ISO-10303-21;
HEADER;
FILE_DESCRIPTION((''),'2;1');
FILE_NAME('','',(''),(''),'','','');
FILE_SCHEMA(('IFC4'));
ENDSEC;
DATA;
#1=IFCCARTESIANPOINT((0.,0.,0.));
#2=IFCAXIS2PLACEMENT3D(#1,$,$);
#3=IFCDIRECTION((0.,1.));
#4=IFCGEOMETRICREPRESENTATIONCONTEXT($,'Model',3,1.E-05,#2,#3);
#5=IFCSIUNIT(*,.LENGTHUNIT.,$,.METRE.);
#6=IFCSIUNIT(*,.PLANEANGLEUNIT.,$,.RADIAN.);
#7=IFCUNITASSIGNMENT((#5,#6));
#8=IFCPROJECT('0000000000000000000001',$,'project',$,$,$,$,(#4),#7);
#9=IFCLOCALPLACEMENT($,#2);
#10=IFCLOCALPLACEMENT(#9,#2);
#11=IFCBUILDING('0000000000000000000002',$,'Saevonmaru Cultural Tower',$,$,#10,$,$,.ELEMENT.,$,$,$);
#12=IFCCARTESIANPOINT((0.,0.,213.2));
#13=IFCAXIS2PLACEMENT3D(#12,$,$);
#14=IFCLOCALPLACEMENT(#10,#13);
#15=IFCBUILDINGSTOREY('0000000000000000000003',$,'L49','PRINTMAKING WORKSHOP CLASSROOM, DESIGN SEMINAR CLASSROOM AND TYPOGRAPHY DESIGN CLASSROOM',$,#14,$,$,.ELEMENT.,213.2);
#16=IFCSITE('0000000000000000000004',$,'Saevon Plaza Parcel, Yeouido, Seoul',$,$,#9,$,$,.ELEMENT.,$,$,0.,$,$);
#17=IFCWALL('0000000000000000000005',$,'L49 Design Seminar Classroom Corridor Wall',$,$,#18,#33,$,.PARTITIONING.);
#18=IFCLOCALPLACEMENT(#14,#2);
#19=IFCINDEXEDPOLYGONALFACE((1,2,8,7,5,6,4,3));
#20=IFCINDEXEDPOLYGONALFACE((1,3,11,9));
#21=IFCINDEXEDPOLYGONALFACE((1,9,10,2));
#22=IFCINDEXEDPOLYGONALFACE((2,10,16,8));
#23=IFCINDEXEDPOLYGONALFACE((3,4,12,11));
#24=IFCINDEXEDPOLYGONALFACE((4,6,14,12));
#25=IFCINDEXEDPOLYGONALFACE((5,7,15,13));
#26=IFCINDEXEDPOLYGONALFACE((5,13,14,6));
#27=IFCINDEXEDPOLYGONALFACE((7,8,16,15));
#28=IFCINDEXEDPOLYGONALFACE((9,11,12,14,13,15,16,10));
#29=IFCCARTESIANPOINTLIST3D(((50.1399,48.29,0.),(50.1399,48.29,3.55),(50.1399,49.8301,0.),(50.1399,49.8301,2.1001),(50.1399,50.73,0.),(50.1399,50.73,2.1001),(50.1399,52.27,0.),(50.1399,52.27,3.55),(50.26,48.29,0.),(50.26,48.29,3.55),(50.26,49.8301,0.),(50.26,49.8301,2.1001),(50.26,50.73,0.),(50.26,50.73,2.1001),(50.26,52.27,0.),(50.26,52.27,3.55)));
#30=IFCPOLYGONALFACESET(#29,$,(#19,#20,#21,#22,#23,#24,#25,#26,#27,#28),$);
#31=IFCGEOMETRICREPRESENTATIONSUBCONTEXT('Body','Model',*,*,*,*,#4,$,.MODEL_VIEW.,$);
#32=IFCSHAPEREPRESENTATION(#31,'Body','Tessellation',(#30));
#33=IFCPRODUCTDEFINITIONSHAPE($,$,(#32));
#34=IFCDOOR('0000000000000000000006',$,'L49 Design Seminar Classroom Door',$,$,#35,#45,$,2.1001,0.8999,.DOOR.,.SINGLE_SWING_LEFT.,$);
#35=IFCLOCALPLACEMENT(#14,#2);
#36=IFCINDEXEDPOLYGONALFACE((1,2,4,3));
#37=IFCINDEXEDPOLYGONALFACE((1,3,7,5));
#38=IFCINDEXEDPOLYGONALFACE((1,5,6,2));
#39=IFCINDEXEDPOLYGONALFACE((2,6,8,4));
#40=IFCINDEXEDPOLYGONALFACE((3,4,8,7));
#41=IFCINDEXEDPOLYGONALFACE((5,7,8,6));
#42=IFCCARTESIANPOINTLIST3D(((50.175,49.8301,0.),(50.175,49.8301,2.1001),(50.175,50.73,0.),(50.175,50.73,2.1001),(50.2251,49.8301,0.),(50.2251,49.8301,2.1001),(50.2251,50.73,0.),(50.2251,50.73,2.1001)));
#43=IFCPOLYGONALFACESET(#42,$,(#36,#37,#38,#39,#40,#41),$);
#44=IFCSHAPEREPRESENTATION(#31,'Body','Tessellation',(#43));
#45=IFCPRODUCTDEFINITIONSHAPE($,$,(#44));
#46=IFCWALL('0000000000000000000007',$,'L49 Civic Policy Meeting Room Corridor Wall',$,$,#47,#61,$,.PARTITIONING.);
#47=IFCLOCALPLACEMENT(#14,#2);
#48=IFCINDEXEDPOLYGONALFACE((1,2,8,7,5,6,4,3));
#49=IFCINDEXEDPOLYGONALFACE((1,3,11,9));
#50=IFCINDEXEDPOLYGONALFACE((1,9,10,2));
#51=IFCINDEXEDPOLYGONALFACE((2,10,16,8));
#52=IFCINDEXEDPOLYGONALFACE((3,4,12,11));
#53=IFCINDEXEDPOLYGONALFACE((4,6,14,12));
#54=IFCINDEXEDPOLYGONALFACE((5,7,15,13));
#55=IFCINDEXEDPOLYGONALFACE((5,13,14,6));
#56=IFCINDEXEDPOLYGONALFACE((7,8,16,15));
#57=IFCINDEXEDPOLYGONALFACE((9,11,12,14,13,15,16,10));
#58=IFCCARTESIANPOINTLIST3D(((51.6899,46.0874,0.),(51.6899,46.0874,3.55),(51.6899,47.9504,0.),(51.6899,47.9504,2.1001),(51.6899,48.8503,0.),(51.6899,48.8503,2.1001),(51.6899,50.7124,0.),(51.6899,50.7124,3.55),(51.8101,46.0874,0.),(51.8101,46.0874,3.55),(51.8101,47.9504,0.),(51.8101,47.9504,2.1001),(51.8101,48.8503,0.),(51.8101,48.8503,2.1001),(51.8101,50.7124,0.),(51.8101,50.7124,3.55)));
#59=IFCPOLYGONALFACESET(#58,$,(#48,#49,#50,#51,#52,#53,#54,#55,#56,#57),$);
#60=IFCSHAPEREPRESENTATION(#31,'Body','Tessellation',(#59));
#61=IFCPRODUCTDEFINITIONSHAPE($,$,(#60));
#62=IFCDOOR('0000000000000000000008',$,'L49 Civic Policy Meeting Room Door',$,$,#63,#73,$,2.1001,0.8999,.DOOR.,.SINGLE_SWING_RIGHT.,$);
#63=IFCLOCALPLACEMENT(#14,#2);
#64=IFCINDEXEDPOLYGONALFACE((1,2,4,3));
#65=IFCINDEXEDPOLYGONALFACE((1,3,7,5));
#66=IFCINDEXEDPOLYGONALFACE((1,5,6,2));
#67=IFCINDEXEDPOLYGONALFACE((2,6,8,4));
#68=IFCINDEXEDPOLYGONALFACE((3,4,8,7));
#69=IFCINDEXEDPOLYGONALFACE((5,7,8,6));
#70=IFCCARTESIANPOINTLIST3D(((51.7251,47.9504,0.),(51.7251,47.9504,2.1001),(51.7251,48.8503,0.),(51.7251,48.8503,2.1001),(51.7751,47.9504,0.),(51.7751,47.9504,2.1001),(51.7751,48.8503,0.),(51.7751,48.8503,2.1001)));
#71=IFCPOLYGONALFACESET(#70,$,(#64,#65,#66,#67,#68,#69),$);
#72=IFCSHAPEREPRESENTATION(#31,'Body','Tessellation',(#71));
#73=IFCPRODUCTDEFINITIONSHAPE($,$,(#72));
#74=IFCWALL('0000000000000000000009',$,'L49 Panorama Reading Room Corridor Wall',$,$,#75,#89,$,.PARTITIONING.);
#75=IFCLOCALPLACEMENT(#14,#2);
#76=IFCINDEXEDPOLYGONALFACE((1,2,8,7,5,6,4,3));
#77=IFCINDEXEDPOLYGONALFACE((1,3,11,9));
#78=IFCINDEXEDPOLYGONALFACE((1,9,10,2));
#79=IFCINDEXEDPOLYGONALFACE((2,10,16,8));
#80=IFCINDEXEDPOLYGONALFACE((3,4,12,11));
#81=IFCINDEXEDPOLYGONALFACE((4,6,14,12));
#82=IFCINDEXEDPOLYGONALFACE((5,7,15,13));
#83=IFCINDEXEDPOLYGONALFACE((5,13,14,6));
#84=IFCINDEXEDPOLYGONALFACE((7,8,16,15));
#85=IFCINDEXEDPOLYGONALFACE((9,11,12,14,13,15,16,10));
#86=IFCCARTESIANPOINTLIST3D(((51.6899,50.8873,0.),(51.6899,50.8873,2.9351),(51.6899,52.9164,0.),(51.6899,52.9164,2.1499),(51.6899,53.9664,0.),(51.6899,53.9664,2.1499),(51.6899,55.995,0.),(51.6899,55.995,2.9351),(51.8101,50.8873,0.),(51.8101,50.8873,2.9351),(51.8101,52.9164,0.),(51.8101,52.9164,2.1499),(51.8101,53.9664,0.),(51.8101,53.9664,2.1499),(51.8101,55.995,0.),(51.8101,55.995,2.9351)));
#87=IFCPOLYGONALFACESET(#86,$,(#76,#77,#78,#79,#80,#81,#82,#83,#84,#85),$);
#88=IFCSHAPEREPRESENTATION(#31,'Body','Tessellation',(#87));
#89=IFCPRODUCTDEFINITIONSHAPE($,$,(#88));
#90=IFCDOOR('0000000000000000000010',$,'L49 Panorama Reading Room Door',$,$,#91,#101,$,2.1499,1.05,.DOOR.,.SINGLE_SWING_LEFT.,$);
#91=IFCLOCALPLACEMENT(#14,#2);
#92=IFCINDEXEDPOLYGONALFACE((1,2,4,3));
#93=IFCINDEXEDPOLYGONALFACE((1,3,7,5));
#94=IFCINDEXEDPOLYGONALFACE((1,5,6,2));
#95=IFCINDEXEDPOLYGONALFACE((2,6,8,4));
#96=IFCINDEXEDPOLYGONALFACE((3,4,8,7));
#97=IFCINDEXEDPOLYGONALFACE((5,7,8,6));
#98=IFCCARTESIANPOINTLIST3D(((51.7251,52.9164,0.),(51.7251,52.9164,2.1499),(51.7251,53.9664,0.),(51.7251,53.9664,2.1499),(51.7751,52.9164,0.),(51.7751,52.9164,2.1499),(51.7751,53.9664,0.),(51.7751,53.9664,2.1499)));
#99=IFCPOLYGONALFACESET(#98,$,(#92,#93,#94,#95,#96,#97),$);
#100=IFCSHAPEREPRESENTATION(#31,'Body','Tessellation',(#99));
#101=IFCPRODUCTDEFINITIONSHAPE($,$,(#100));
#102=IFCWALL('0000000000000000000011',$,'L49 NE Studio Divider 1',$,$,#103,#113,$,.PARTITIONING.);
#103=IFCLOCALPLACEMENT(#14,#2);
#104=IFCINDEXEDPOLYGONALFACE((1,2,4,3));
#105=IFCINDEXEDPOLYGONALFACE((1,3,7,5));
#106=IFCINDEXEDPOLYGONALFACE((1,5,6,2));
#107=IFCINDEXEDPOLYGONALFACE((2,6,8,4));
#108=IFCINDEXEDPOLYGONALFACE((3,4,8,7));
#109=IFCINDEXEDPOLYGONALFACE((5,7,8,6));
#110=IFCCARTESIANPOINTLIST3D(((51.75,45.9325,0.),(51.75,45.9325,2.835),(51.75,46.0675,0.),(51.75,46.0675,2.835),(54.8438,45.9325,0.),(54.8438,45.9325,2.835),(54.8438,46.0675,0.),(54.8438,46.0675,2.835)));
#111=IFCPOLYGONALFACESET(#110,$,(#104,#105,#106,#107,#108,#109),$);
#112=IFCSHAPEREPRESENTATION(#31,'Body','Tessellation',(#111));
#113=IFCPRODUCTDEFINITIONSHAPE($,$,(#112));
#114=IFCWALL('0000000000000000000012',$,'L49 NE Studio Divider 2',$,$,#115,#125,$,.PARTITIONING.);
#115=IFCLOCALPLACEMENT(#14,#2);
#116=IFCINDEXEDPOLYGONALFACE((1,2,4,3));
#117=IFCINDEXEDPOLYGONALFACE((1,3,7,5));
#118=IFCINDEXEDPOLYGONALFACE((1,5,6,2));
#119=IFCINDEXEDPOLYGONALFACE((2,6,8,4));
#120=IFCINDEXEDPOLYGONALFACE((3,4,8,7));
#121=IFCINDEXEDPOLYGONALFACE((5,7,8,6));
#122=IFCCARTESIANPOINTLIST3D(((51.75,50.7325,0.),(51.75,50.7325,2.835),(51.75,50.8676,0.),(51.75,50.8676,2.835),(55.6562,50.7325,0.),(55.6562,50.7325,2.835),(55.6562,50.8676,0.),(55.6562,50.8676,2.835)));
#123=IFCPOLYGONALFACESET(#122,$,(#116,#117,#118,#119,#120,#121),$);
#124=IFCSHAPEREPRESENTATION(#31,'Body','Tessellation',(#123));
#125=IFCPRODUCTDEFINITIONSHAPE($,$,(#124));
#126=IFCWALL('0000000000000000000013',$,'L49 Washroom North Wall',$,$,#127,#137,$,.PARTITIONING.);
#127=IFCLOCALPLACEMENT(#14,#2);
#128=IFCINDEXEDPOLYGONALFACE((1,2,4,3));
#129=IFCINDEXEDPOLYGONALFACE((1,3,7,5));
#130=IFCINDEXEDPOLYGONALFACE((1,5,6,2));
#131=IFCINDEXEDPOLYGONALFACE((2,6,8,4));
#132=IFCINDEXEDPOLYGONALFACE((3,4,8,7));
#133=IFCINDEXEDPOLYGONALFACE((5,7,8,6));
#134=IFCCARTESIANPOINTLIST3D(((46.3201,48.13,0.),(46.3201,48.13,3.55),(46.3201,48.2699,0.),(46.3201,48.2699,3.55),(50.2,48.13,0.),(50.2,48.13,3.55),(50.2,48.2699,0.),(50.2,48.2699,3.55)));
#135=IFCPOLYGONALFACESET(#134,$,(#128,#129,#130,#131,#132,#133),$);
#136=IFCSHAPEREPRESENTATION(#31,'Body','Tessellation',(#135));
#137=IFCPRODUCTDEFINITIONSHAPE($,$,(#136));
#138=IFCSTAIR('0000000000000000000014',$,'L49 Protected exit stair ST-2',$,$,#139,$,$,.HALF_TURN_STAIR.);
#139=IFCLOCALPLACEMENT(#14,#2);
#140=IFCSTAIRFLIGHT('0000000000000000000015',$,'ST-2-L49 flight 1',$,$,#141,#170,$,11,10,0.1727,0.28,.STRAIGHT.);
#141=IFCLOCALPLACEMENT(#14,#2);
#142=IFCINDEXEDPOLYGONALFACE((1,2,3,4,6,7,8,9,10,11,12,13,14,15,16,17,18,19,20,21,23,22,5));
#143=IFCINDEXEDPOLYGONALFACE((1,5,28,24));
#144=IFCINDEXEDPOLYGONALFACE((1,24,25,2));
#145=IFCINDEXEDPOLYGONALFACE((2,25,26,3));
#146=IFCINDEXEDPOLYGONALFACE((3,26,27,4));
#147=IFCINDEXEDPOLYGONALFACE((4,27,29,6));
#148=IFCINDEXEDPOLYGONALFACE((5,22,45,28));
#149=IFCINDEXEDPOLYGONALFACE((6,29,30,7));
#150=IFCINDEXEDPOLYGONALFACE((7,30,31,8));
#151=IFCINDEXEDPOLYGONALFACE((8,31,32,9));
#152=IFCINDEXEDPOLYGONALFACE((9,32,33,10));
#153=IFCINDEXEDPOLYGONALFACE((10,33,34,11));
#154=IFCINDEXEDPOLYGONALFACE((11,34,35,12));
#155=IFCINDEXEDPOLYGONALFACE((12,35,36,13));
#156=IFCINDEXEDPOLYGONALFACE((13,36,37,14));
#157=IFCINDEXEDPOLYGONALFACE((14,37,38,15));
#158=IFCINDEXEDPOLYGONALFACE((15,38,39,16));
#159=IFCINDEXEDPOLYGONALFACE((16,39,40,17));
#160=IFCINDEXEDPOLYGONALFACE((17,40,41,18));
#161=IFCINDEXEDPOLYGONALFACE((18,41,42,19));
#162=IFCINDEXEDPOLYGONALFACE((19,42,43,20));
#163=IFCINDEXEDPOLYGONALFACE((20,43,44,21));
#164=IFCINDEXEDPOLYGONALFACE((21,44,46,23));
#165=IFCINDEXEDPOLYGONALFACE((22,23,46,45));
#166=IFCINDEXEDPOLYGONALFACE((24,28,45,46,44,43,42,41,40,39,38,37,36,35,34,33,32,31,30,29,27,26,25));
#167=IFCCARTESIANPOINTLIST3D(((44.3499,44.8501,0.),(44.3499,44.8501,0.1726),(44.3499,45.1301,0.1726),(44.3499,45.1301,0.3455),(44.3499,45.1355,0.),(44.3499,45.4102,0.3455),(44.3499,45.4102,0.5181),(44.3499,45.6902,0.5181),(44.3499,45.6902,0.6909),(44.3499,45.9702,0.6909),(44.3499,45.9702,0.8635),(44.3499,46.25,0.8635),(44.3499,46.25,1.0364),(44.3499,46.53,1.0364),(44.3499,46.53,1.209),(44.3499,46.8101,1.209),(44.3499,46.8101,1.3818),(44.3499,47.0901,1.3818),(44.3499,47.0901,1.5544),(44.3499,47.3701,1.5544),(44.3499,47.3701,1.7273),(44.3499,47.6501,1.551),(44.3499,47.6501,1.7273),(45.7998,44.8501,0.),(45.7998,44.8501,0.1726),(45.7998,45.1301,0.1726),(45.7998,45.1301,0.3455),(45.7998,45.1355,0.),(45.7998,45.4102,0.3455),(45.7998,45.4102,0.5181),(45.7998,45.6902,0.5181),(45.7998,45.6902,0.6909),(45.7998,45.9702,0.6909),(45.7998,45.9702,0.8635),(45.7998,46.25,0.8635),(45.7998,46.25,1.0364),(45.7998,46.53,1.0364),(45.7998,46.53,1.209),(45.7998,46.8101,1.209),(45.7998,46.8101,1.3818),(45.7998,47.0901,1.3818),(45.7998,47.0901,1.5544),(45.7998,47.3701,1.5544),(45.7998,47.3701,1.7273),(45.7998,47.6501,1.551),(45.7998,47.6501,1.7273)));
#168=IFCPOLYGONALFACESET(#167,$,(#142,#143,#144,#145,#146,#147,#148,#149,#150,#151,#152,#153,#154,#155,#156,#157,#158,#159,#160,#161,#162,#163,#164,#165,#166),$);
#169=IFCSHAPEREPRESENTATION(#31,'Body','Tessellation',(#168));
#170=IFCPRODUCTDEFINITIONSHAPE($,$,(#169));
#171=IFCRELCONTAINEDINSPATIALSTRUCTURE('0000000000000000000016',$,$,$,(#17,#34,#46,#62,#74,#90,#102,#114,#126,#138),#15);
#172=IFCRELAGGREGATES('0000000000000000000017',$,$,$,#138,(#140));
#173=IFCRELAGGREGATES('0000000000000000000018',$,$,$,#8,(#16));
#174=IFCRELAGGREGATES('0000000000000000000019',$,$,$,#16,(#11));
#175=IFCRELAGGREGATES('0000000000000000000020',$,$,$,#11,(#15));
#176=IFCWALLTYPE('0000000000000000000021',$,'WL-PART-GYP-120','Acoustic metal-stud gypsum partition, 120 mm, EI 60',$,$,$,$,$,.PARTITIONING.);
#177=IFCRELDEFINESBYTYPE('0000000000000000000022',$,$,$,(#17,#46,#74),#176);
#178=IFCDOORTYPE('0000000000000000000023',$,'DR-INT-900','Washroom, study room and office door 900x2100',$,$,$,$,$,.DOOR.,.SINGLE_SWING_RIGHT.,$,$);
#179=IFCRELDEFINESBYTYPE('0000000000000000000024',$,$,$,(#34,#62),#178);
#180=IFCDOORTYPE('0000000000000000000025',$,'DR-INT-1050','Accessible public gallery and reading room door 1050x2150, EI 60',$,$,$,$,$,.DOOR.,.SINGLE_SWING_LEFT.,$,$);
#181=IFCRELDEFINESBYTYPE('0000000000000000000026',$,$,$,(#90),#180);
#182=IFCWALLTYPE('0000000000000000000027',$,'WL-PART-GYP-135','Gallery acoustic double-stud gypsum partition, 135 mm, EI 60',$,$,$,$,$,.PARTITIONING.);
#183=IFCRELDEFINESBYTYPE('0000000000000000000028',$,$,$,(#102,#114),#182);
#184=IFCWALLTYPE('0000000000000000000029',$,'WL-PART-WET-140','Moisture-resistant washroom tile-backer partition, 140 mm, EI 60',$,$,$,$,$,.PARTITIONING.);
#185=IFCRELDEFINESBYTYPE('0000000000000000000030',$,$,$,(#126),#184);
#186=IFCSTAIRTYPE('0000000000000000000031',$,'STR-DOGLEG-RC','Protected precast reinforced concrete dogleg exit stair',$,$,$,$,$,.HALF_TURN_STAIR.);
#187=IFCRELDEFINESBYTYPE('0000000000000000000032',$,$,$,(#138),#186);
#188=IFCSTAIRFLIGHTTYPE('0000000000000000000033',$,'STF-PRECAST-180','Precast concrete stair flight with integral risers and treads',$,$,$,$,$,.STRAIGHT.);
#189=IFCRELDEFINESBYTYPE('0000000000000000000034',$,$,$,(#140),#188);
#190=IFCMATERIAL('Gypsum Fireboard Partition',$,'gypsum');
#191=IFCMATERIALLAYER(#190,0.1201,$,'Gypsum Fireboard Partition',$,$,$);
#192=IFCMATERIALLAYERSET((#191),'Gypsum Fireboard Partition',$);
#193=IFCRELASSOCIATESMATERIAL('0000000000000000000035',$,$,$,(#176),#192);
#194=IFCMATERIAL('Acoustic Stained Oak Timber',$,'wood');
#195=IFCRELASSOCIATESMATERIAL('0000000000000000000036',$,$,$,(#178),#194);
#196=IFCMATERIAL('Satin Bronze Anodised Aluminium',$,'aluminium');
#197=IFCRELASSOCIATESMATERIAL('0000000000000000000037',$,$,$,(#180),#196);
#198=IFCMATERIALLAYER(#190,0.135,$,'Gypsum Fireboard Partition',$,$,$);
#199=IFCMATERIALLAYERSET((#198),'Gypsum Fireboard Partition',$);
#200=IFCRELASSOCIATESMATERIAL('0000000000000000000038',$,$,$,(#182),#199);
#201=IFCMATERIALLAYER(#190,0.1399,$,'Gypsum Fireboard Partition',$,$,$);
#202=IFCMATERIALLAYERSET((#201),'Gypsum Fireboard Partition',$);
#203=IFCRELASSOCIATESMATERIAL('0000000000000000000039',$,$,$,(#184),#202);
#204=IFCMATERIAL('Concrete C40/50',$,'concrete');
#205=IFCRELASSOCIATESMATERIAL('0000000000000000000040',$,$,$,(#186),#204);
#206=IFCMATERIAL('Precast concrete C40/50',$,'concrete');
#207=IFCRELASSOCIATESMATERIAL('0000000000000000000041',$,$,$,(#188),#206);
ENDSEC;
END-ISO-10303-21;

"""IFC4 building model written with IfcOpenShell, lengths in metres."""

from ifc_helpers import new_model, si_unit, direction, frame, frame_2d, origin, place, context, subcontext, project, spatial, polyline, rectangle, outline, extrude, material, layer, layer_set, type_object, element, fill, aggregate, save


model = new_model("IFC4")

# Units and contexts
model_context = context("Model", 3, precision=1e-05, world=origin(), true_north=direction((0.0, 1.0)))
body_context = subcontext(model_context, "Body", "Model", "MODEL_VIEW")
ifc_project = project(units=[si_unit("LENGTHUNIT", "METRE"), si_unit("PLANEANGLEUNIT", "RADIAN")], contexts=[model_context])

# Site, building, storey
site_placement = place(None, origin())
site = spatial("IfcSite", under=ifc_project, at=site_placement, Name="Saevon Plaza Parcel, Yeouido, Seoul", CompositionType="ELEMENT", RefElevation=0.0)
building_placement = place(site_placement, origin())
building = spatial("IfcBuilding", under=site, at=building_placement, Name="Saevonmaru Cultural Tower", CompositionType="ELEMENT")
storey_placement = place(building_placement, frame((0.0, 0.0, 213.2)))
storey = spatial("IfcBuildingStorey", under=building, at=storey_placement, Name="L49", Description="PRINTMAKING WORKSHOP CLASSROOM, DESIGN SEMINAR CLASSROOM AND TYPOGRAPHY DESIGN CLASSROOM", CompositionType="ELEMENT", Elevation=213.2)

# Shared definitions
ifc_material_1 = material(Name="Satin Bronze Anodised Aluminium", Category="aluminium")

# Shared definitions
ifc_material_2 = material(Name="Gypsum Fireboard Partition", Category="gypsum")
ifc_layer_1 = layer(ifc_material_2, 0.1201, Name="Gypsum Fireboard Partition")
ifc_layer_set_1 = layer_set([ifc_layer_1], Name="Gypsum Fireboard Partition")
wall_type_1 = type_object("IfcWallType", Name="WL-PART-GYP-120", Description="Acoustic metal-stud gypsum partition, 120 mm, EI 60", PredefinedType="PARTITIONING", material=ifc_layer_set_1)

# Walls, openings, doors
wall_1_placement = place(storey_placement, frame((50.2, 48.29, 0.0), z_axis=(0.0, 0.0, 1.0), x_axis=(0.0, 1.0, 0.0)))
wall_1 = element("IfcWall", 1, at=wall_1_placement, inside=storey, type_object=wall_type_1, Name="L49 Design Seminar Classroom Corridor Wall", PredefinedType="PARTITIONING", context=body_context, shape_type="SweptSolid", body=[
    extrude(rectangle(XDim=3.98, YDim=0.1201, at=frame_2d((1.99, 0.0))), origin(), (0.0, 0.0, 1.0), 3.55),
])
opening_1_placement = place(wall_1_placement, frame((1.54, 0.0, 0.0)))
opening_1 = element("IfcOpeningElement", 2, at=opening_1_placement, cuts=wall_1, PredefinedType="OPENING", context=body_context, shape_type="SweptSolid", body=[
    extrude(rectangle(XDim=0.8999, YDim=2.1001, at=frame_2d((0.45, 1.05))), frame((0.0, 0.0701, 0.0), z_axis=(0.0, -1.0, 0.0), x_axis=(1.0, 0.0, 0.0)), (0.0, 0.0, 1.0), 0.1401),
])
ifc_material_3 = material(Name="Acoustic Stained Oak Timber", Category="wood")
door_type_1 = type_object("IfcDoorType", Name="DR-INT-900", Description="Washroom, study room and office door 900x2100", OperationType="SINGLE_SWING_RIGHT", PredefinedType="DOOR", material=ifc_material_3)
door_1_placement = place(opening_1_placement, origin())
door_1 = element("IfcDoor", 3, at=door_1_placement, inside=storey, type_object=door_type_1, Name="L49 Design Seminar Classroom Door", OperationType="SINGLE_SWING_LEFT", OverallHeight=2.1001, OverallWidth=0.8999, PredefinedType="DOOR", context=body_context, shape_type="SweptSolid", body=[
    extrude(rectangle(XDim=0.8999, YDim=2.1001, at=frame_2d((0.45, 1.05))), frame((0.0, 0.0249, 0.0), z_axis=(0.0, -1.0, 0.0), x_axis=(1.0, 0.0, 0.0)), (0.0, 0.0, 1.0), 0.05),
])
fill(opening_1, door_1)
wall_2_placement = place(storey_placement, frame((51.75, 46.0874, 0.0), z_axis=(0.0, 0.0, 1.0), x_axis=(0.0, 1.0, 0.0)))
wall_2 = element("IfcWall", 4, at=wall_2_placement, inside=storey, type_object=wall_type_1, Name="L49 Civic Policy Meeting Room Corridor Wall", PredefinedType="PARTITIONING", context=body_context, shape_type="SweptSolid", body=[
    extrude(rectangle(XDim=4.625, YDim=0.1201, at=frame_2d((2.3125, 0.0))), origin(), (0.0, 0.0, 1.0), 3.55),
])
opening_2_placement = place(wall_2_placement, frame((1.863, 0.0, 0.0)))
opening_2 = element("IfcOpeningElement", 5, at=opening_2_placement, cuts=wall_2, PredefinedType="OPENING", context=body_context, shape_type="SweptSolid", body=[
    extrude(rectangle(XDim=0.8999, YDim=2.1001, at=frame_2d((0.45, 1.05))), frame((0.0, 0.0701, 0.0), z_axis=(0.0, -1.0, 0.0), x_axis=(1.0, 0.0, 0.0)), (0.0, 0.0, 1.0), 0.1401),
])
door_2_placement = place(opening_2_placement, origin())
door_2 = element("IfcDoor", 6, at=door_2_placement, inside=storey, type_object=door_type_1, Name="L49 Civic Policy Meeting Room Door", OperationType="SINGLE_SWING_RIGHT", OverallHeight=2.1001, OverallWidth=0.8999, PredefinedType="DOOR", context=body_context, shape_type="SweptSolid", body=[
    extrude(rectangle(XDim=0.8999, YDim=2.1001, at=frame_2d((0.45, 1.05))), frame((0.0, 0.0249, 0.0), z_axis=(0.0, -1.0, 0.0), x_axis=(1.0, 0.0, 0.0)), (0.0, 0.0, 1.0), 0.05),
])
fill(opening_2, door_2)
wall_3_placement = place(storey_placement, frame((51.75, 50.8875, 0.0), z_axis=(0.0, 0.0, 1.0), x_axis=(0.0, 1.0, 0.0)))
wall_3 = element("IfcWall", 7, at=wall_3_placement, inside=storey, type_object=wall_type_1, Name="L49 Panorama Reading Room Corridor Wall", PredefinedType="PARTITIONING", context=body_context, shape_type="SweptSolid", body=[
    extrude(rectangle(XDim=5.1077, YDim=0.1201, at=frame_2d((2.5537, 0.0))), origin(), (0.0, 0.0, 1.0), 2.9351),
])
opening_3_placement = place(wall_3_placement, frame((2.0291, 0.0, 0.0)))
opening_3 = element("IfcOpeningElement", 8, at=opening_3_placement, cuts=wall_3, PredefinedType="OPENING", context=body_context, shape_type="SweptSolid", body=[
    extrude(rectangle(XDim=1.05, YDim=2.1499, at=frame_2d((0.5249, 1.075))), frame((0.0, 0.0701, 0.0), z_axis=(0.0, -1.0, 0.0), x_axis=(1.0, 0.0, 0.0)), (0.0, 0.0, 1.0), 0.1401),
])
door_type_2 = type_object("IfcDoorType", Name="DR-INT-1050", Description="Accessible public gallery and reading room door 1050x2150, EI 60", OperationType="SINGLE_SWING_LEFT", PredefinedType="DOOR", material=ifc_material_1)
door_3_placement = place(opening_3_placement, origin())
door_3 = element("IfcDoor", 9, at=door_3_placement, inside=storey, type_object=door_type_2, Name="L49 Panorama Reading Room Door", OperationType="SINGLE_SWING_LEFT", OverallHeight=2.1499, OverallWidth=1.05, PredefinedType="DOOR", context=body_context, shape_type="SweptSolid", body=[
    extrude(rectangle(XDim=1.05, YDim=2.1499, at=frame_2d((0.5249, 1.075))), frame((0.0, 0.0249, 0.0), z_axis=(0.0, -1.0, 0.0), x_axis=(1.0, 0.0, 0.0)), (0.0, 0.0, 1.0), 0.05),
])
fill(opening_3, door_3)

# Walls
ifc_layer_2 = layer(ifc_material_2, 0.135, Name="Gypsum Fireboard Partition")
ifc_layer_set_2 = layer_set([ifc_layer_2], Name="Gypsum Fireboard Partition")
wall_type_2 = type_object("IfcWallType", Name="WL-PART-GYP-135", Description="Gallery acoustic double-stud gypsum partition, 135 mm, EI 60", PredefinedType="PARTITIONING", material=ifc_layer_set_2)
wall_4_placement = place(storey_placement, frame((51.75, 46.0, 0.0), z_axis=(0.0, 0.0, 1.0), x_axis=(1.0, 0.0, 0.0)))
element("IfcWall", 10, at=wall_4_placement, inside=storey, type_object=wall_type_2, Name="L49 NE Studio Divider 1", PredefinedType="PARTITIONING", context=body_context, shape_type="SweptSolid", body=[
    extrude(rectangle(XDim=3.0938, YDim=0.135, at=frame_2d((1.5469, 0.0))), origin(), (0.0, 0.0, 1.0), 2.835),
])
wall_5_placement = place(storey_placement, frame((51.75, 50.8, 0.0), z_axis=(0.0, 0.0, 1.0), x_axis=(1.0, 0.0, 0.0)))
element("IfcWall", 11, at=wall_5_placement, inside=storey, type_object=wall_type_2, Name="L49 NE Studio Divider 2", PredefinedType="PARTITIONING", context=body_context, shape_type="SweptSolid", body=[
    extrude(rectangle(XDim=3.9062, YDim=0.135, at=frame_2d((1.9531, 0.0))), origin(), (0.0, 0.0, 1.0), 2.835),
])
ifc_layer_3 = layer(ifc_material_2, 0.1399, Name="Gypsum Fireboard Partition")
ifc_layer_set_3 = layer_set([ifc_layer_3], Name="Gypsum Fireboard Partition")
wall_type_3 = type_object("IfcWallType", Name="WL-PART-WET-140", Description="Moisture-resistant washroom tile-backer partition, 140 mm, EI 60", PredefinedType="PARTITIONING", material=ifc_layer_set_3)
wall_6_placement = place(storey_placement, frame((46.3201, 48.2, 0.0), z_axis=(0.0, 0.0, 1.0), x_axis=(1.0, 0.0, 0.0)))
element("IfcWall", 12, at=wall_6_placement, inside=storey, type_object=wall_type_3, Name="L49 Washroom North Wall", PredefinedType="PARTITIONING", context=body_context, shape_type="SweptSolid", body=[
    extrude(rectangle(XDim=3.8799, YDim=0.1399, at=frame_2d((1.9399, 0.0))), origin(), (0.0, 0.0, 1.0), 3.55),
])

# Stair, stair flight
ifc_material_4 = material(Name="Concrete C40/50", Category="concrete")
stair_type = type_object("IfcStairType", Name="STR-DOGLEG-RC", Description="Protected precast reinforced concrete dogleg exit stair", PredefinedType="HALF_TURN_STAIR", material=ifc_material_4)
stair_placement = place(storey_placement, origin())
stair = element("IfcStair", 13, at=stair_placement, inside=storey, type_object=stair_type, Name="L49 Protected exit stair ST-2", PredefinedType="HALF_TURN_STAIR")
ifc_material_5 = material(Name="Precast concrete C40/50", Category="concrete")
stair_flight_type = type_object("IfcStairFlightType", Name="STF-PRECAST-180", Description="Precast concrete stair flight with integral risers and treads", PredefinedType="STRAIGHT", material=ifc_material_5)
stair_flight_placement = place(storey_placement, frame((45.075, 44.8501, 0.0), z_axis=(0.0, 0.0, 1.0), x_axis=(0.0, 1.0, 0.0)))
stair_flight = element("IfcStairFlight", 14, at=stair_flight_placement, type_object=stair_flight_type, Name="ST-2-L49 flight 1", NumberOfRisers=11, NumberOfTreads=10, PredefinedType="STRAIGHT", RiserHeight=0.1727, TreadLength=0.28, context=body_context, shape_type="SweptSolid", body=[
    extrude(outline(polyline([(0.0, 0.0), (0.0, 0.1726), (0.28, 0.1726), (0.28, 0.3455), (0.5601, 0.3455), (0.5601, 0.5181), (0.8401, 0.5181), (0.8401, 0.6909), (1.1201, 0.6909), (1.1201, 0.8635), (1.3999, 0.8635), (1.3999, 1.0364), (1.6799, 1.0364), (1.6799, 1.209), (1.96, 1.209), (1.96, 1.3818), (2.24, 1.3818), (2.24, 1.5544), (2.52, 1.5544), (2.52, 1.7273), (2.8, 1.7273), (2.8, 1.8999), (2.8, 1.551), (0.2854, 0.0), (0.0, 0.0)])), frame((0.0, 0.7251, 0.0), z_axis=(0.0, -1.0, 0.0), x_axis=(1.0, 0.0, 0.0)), (0.0, 0.0, 1.0), 1.45),
])
aggregate(stair, [stair_flight])

save(model, "model.ifc")
